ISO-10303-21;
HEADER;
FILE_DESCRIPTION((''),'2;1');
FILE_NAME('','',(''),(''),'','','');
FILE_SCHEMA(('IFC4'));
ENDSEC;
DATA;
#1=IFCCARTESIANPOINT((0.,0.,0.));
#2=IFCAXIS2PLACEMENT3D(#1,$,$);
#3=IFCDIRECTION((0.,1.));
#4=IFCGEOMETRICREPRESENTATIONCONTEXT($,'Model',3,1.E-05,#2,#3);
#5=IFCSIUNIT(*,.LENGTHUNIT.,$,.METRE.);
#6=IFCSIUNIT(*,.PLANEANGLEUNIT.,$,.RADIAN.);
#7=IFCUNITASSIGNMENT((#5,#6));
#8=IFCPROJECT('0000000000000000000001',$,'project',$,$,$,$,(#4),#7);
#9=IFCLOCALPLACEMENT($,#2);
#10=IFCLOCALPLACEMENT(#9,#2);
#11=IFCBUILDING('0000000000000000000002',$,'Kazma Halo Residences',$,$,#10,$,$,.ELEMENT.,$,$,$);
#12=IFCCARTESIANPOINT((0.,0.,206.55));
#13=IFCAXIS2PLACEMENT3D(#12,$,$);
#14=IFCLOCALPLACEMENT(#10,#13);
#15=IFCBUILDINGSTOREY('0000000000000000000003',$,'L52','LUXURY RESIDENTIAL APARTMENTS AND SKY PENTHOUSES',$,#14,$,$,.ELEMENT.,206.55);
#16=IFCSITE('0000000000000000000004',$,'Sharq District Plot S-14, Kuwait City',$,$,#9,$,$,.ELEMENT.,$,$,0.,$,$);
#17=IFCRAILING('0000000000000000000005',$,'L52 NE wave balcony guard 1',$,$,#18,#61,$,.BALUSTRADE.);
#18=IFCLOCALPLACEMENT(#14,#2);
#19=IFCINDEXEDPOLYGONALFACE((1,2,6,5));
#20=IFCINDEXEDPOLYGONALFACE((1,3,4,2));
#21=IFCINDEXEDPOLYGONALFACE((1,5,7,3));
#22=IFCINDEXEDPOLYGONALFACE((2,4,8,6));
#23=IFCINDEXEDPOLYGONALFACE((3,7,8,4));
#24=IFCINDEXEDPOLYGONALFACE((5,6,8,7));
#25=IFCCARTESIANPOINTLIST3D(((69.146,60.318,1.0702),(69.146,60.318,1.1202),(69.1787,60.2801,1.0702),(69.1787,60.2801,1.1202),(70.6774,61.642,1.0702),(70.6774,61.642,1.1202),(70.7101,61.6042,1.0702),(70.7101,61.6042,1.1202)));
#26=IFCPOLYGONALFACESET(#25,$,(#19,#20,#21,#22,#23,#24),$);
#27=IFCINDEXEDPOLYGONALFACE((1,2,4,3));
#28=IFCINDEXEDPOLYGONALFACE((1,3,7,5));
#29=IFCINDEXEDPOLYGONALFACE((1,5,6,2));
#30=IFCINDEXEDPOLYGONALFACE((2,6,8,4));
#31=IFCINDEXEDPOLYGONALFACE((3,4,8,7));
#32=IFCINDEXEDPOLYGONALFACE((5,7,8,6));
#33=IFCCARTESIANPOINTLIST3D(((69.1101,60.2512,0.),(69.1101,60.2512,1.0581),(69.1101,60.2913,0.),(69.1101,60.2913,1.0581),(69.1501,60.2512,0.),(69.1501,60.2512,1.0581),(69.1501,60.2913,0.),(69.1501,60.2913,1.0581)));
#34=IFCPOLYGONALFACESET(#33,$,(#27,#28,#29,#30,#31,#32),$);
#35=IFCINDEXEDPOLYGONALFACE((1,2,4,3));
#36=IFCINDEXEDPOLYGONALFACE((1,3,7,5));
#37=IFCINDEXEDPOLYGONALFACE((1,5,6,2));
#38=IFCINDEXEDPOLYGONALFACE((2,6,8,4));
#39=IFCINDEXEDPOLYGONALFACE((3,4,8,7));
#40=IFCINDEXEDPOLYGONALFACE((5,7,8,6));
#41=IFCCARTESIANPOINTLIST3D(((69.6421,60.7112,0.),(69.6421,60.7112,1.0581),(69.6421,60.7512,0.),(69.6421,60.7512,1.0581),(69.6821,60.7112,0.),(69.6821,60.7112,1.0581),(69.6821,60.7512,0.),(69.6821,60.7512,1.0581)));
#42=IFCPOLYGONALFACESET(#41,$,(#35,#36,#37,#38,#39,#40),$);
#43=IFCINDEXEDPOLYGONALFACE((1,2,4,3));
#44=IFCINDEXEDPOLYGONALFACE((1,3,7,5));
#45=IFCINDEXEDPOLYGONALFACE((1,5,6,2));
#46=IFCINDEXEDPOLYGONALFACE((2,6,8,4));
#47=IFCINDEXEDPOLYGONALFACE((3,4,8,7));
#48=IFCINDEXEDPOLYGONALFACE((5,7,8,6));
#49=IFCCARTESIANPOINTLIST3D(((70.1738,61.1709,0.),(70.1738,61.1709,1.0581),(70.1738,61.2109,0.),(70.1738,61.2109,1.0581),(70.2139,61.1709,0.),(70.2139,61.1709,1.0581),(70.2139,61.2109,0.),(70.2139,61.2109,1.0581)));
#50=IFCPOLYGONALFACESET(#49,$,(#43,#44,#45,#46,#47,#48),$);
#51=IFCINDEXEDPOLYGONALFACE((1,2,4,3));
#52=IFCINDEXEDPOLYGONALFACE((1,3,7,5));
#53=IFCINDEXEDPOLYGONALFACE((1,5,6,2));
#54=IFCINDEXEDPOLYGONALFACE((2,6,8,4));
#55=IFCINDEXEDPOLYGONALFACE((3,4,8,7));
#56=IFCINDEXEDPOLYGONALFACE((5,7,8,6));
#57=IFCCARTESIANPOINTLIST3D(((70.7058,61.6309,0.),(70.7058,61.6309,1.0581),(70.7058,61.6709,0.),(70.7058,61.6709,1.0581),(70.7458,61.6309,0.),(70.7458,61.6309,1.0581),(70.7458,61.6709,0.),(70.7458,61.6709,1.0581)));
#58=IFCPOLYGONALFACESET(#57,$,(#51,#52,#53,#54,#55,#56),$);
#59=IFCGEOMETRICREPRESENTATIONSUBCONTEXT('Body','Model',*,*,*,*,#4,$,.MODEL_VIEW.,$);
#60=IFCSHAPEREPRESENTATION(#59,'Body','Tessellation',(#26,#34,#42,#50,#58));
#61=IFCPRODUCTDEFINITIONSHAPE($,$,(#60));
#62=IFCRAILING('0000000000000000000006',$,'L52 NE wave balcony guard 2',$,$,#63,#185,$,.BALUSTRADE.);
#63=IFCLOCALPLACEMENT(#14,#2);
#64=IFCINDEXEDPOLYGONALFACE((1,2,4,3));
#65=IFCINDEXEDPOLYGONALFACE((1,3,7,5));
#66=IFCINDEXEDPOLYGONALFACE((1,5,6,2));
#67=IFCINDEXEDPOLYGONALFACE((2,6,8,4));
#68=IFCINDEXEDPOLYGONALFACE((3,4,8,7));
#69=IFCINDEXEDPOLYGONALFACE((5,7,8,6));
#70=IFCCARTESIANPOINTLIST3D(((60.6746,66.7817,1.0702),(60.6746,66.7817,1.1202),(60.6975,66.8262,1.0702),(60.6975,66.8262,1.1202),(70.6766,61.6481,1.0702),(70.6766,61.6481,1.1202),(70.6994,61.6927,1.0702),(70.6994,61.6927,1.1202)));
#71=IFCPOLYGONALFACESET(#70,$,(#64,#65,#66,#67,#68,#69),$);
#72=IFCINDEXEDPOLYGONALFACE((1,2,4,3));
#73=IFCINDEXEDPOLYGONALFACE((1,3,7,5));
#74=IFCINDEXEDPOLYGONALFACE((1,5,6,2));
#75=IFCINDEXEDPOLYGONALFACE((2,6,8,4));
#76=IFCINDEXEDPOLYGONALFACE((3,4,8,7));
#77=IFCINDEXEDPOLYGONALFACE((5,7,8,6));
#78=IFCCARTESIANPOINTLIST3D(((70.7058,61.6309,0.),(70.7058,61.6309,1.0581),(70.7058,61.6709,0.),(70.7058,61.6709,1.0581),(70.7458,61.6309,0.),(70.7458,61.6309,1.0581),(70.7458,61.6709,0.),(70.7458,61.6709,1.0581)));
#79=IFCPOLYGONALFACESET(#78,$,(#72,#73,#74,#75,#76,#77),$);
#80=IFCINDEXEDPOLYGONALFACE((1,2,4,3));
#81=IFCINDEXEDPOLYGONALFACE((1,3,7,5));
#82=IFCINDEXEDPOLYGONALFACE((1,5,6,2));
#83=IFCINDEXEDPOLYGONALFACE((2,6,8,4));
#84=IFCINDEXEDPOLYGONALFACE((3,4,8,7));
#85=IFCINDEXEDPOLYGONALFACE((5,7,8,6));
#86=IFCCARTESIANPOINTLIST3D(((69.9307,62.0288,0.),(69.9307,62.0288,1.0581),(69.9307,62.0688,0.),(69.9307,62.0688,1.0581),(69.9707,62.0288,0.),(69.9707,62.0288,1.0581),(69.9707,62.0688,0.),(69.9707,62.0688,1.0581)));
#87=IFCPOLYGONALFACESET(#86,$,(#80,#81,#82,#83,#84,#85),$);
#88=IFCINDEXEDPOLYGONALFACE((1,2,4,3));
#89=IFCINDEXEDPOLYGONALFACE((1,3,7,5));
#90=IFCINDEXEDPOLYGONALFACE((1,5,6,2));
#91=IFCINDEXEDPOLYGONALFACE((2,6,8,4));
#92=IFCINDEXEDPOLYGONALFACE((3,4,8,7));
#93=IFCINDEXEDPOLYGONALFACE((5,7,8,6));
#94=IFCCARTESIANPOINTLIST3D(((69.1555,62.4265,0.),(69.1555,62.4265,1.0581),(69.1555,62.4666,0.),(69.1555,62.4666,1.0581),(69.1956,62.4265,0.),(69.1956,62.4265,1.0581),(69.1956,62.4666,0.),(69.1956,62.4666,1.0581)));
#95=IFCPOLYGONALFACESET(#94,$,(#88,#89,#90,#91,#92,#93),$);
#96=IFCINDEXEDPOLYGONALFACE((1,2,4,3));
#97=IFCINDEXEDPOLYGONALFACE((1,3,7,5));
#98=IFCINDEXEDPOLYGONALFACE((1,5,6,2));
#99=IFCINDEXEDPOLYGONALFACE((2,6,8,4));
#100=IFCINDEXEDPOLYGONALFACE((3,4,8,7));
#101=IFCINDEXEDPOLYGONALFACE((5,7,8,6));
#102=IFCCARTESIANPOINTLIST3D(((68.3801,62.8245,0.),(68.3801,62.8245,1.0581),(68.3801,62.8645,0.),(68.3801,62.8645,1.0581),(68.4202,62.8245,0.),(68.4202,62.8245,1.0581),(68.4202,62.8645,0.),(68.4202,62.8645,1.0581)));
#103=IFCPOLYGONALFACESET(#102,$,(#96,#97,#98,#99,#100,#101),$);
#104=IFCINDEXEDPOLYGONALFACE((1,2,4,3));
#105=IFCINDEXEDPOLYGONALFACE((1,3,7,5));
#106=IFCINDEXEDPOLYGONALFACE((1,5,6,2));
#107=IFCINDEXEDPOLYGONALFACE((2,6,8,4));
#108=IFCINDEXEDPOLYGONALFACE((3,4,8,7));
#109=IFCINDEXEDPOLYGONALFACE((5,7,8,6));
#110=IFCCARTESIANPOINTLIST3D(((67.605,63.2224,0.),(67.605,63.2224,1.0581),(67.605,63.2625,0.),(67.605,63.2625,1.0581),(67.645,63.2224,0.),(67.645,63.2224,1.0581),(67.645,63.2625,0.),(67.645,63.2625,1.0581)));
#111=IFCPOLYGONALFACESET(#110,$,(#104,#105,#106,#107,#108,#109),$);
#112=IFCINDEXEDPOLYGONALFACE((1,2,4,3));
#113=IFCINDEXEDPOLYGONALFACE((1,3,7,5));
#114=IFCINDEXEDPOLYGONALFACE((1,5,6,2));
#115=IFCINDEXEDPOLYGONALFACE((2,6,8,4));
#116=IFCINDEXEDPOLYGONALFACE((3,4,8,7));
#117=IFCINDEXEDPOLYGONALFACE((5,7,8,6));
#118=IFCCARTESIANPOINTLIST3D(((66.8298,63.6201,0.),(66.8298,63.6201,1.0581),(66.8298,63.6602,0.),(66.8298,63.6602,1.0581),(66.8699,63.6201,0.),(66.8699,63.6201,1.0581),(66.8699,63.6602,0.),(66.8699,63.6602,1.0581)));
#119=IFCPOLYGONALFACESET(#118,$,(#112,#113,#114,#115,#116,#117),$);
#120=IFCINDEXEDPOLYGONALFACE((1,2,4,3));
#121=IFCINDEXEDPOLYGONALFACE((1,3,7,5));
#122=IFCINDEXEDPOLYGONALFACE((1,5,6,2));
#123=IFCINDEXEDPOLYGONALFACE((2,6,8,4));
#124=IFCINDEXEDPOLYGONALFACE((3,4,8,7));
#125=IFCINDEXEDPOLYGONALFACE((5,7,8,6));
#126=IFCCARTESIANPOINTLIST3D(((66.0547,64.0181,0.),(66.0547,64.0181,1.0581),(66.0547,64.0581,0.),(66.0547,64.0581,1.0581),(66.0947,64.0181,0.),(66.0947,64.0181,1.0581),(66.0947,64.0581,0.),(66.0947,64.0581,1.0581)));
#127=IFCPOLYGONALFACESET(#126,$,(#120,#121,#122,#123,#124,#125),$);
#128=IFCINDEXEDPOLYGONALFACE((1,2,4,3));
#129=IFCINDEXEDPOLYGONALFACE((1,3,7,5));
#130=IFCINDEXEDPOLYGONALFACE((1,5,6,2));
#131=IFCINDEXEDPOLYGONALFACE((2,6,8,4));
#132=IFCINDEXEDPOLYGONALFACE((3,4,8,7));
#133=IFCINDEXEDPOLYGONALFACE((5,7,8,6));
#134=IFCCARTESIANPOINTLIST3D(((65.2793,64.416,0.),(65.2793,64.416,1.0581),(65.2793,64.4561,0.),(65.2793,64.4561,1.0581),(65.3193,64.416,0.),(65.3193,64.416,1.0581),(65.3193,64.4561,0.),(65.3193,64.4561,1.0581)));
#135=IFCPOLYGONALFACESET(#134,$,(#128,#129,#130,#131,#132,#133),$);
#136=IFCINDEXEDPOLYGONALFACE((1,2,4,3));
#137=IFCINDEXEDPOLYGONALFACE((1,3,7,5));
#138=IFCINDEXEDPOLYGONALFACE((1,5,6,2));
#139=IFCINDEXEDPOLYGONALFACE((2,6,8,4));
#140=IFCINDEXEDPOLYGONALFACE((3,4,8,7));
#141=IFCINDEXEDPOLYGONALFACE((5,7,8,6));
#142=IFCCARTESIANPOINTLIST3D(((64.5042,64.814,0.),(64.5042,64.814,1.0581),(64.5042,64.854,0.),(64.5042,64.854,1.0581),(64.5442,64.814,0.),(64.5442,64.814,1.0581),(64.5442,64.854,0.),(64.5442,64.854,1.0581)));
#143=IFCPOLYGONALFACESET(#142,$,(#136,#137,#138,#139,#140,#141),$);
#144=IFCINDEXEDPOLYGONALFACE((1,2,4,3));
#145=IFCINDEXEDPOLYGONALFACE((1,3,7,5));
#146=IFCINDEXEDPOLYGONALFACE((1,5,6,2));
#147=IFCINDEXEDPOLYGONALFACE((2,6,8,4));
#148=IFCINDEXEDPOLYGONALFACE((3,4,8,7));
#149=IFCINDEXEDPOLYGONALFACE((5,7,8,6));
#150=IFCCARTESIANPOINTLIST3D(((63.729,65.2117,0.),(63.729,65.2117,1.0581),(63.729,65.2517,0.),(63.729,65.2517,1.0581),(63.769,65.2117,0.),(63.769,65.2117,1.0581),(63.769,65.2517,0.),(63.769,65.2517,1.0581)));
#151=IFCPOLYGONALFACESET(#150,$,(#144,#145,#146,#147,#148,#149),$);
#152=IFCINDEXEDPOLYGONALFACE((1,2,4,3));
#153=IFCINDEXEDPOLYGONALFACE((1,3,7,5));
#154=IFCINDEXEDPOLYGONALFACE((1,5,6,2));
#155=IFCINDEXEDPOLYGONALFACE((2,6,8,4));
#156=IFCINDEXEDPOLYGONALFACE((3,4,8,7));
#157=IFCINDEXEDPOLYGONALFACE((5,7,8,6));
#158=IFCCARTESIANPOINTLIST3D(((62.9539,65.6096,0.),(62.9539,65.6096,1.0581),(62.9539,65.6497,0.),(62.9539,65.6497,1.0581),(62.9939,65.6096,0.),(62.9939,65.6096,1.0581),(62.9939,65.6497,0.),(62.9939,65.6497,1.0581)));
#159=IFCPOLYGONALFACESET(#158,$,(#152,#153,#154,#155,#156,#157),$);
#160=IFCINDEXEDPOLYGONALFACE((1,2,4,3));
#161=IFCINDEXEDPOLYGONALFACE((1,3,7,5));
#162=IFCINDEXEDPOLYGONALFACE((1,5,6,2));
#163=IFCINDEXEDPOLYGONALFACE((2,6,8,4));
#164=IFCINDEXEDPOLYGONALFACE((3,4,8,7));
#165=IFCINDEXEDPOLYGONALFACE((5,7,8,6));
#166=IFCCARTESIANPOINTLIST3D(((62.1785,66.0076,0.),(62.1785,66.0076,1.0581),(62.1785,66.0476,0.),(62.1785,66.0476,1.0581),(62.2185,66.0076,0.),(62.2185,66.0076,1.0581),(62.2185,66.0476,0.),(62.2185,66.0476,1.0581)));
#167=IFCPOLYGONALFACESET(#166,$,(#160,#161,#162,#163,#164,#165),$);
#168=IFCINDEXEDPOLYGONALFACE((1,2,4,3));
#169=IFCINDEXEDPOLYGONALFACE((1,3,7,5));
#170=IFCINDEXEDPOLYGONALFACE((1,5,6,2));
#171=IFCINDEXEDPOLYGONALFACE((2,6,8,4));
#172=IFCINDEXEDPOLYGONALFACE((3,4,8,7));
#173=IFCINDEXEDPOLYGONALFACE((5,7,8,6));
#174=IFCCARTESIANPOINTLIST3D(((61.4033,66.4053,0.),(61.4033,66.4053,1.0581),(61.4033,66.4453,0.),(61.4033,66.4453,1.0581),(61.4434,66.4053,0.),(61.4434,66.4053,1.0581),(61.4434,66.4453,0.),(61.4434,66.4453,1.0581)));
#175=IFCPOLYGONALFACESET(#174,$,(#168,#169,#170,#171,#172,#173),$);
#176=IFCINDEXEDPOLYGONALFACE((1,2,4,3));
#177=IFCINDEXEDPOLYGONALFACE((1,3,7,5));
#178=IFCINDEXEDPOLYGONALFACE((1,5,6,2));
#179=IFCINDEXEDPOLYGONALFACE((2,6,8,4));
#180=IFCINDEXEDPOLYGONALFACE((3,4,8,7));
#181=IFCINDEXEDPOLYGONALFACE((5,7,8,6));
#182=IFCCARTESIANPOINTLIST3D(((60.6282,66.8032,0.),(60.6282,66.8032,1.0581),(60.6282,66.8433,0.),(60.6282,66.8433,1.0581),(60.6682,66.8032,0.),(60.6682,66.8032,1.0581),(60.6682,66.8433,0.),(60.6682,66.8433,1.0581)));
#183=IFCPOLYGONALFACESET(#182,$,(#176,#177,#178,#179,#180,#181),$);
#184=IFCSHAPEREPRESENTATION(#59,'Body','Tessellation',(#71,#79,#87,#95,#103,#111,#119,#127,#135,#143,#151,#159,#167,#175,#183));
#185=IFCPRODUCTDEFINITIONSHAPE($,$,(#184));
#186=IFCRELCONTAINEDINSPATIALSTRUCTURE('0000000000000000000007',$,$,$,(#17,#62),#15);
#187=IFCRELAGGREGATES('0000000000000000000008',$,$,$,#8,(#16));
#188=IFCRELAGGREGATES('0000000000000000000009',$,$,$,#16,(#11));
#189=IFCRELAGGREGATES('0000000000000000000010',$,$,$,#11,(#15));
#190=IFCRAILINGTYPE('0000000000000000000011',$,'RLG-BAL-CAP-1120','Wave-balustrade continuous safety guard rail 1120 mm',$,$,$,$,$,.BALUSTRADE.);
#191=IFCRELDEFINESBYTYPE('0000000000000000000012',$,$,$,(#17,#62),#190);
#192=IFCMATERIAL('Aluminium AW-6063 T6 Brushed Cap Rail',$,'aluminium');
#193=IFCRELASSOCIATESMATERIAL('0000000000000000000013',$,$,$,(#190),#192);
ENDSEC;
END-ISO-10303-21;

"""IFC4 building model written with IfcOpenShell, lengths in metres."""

from ifc_helpers import new_model, si_unit, direction, frame, origin, origin_2d, place, context, subcontext, project, spatial, rectangle, extrude, material, type_object, element, save


model = new_model("IFC4")

# Units and contexts
model_context = context("Model", 3, precision=1e-05, world=origin(), true_north=direction((0.0, 1.0)))
body_context = subcontext(model_context, "Body", "Model", "MODEL_VIEW")
ifc_project = project(units=[si_unit("LENGTHUNIT", "METRE"), si_unit("PLANEANGLEUNIT", "RADIAN")], contexts=[model_context])

# Site, building, storey
site_placement = place(None, origin())
site = spatial("IfcSite", under=ifc_project, at=site_placement, Name="Sharq District Plot S-14, Kuwait City", CompositionType="ELEMENT", RefElevation=0.0)
building_placement = place(site_placement, origin())
building = spatial("IfcBuilding", under=site, at=building_placement, Name="Kazma Halo Residences", CompositionType="ELEMENT")
storey_placement = place(building_placement, frame((0.0, 0.0, 206.55)))
storey = spatial("IfcBuildingStorey", under=building, at=storey_placement, Name="L52", Description="LUXURY RESIDENTIAL APARTMENTS AND SKY PENTHOUSES", CompositionType="ELEMENT", Elevation=206.55)

# Railings
ifc_material_1 = material(Name="Aluminium AW-6063 T6 Brushed Cap Rail", Category="aluminium")
railing_type = type_object("IfcRailingType", Name="RLG-BAL-CAP-1120", Description="Wave-balustrade continuous safety guard rail 1120 mm", PredefinedType="BALUSTRADE", material=ifc_material_1)
railing_1_placement = place(storey_placement, frame((69.1301, 60.2712, 0.0)))
element("IfcRailing", 1, at=railing_1_placement, inside=storey, type_object=railing_type, Name="L52 NE wave balcony guard 1", PredefinedType="BALUSTRADE", context=body_context, shape_type="SweptSolid", body=[
    extrude(rectangle(XDim=0.05, YDim=0.05, at=origin_2d()), frame((0.0322, 0.0278, 1.0952), z_axis=(0.756464, 0.654036, 0.0), x_axis=(-0.654036, 0.756464, 0.0)), (0.0, 0.0, 1.0), 2.0244),
    extrude(rectangle(XDim=0.04, YDim=0.04, at=origin_2d()), origin(), (0.0, 0.0, 1.0), 1.0581),
    extrude(rectangle(XDim=0.04, YDim=0.04, at=origin_2d()), frame((0.532, 0.46, 0.0)), (0.0, 0.0, 1.0), 1.0581),
    extrude(rectangle(XDim=0.04, YDim=0.04, at=origin_2d()), frame((1.0637, 0.9197, 0.0)), (0.0, 0.0, 1.0), 1.0581),
    extrude(rectangle(XDim=0.04, YDim=0.04, at=origin_2d()), frame((1.5957, 1.3796, 0.0)), (0.0, 0.0, 1.0), 1.0581),
])
railing_2_placement = place(storey_placement, frame((70.7258, 61.6509, 0.0)))
element("IfcRailing", 2, at=railing_2_placement, inside=storey, type_object=railing_type, Name="L52 NE wave balcony guard 2", PredefinedType="BALUSTRADE", context=body_context, shape_type="SweptSolid", body=[
    extrude(rectangle(XDim=0.05, YDim=0.05, at=origin_2d()), frame((-0.0378, 0.0195, 1.0952), z_axis=(-0.889662, 0.45662, 0.0), x_axis=(-0.45662, -0.889662, 0.0)), (0.0, 0.0, 1.0), 11.2424),
    extrude(rectangle(XDim=0.04, YDim=0.04, at=origin_2d()), origin(), (0.0, 0.0, 1.0), 1.0581),
    extrude(rectangle(XDim=0.04, YDim=0.04, at=origin_2d()), frame((-0.7751, 0.3979, 0.0)), (0.0, 0.0, 1.0), 1.0581),
    extrude(rectangle(XDim=0.04, YDim=0.04, at=origin_2d()), frame((-1.5503, 0.7957, 0.0)), (0.0, 0.0, 1.0), 1.0581),
    extrude(rectangle(XDim=0.04, YDim=0.04, at=origin_2d()), frame((-2.3257, 1.1936, 0.0)), (0.0, 0.0, 1.0), 1.0581),
    extrude(rectangle(XDim=0.04, YDim=0.04, at=origin_2d()), frame((-3.1008, 1.5916, 0.0)), (0.0, 0.0, 1.0), 1.0581),
    extrude(rectangle(XDim=0.04, YDim=0.04, at=origin_2d()), frame((-3.876, 1.9893, 0.0)), (0.0, 0.0, 1.0), 1.0581),
    extrude(rectangle(XDim=0.04, YDim=0.04, at=origin_2d()), frame((-4.6511, 2.3872, 0.0)), (0.0, 0.0, 1.0), 1.0581),
    extrude(rectangle(XDim=0.04, YDim=0.04, at=origin_2d()), frame((-5.4265, 2.7852, 0.0)), (0.0, 0.0, 1.0), 1.0581),
    extrude(rectangle(XDim=0.04, YDim=0.04, at=origin_2d()), frame((-6.2017, 3.1831, 0.0)), (0.0, 0.0, 1.0), 1.0581),
    extrude(rectangle(XDim=0.04, YDim=0.04, at=origin_2d()), frame((-6.9768, 3.5808, 0.0)), (0.0, 0.0, 1.0), 1.0581),
    extrude(rectangle(XDim=0.04, YDim=0.04, at=origin_2d()), frame((-7.752, 3.9788, 0.0)), (0.0, 0.0, 1.0), 1.0581),
    extrude(rectangle(XDim=0.04, YDim=0.04, at=origin_2d()), frame((-8.5273, 4.3767, 0.0)), (0.0, 0.0, 1.0), 1.0581),
    extrude(rectangle(XDim=0.04, YDim=0.04, at=origin_2d()), frame((-9.3025, 4.7744, 0.0)), (0.0, 0.0, 1.0), 1.0581),
    extrude(rectangle(XDim=0.04, YDim=0.04, at=origin_2d()), frame((-10.0776, 5.1724, 0.0)), (0.0, 0.0, 1.0), 1.0581),
])

save(model, "model.ifc")
